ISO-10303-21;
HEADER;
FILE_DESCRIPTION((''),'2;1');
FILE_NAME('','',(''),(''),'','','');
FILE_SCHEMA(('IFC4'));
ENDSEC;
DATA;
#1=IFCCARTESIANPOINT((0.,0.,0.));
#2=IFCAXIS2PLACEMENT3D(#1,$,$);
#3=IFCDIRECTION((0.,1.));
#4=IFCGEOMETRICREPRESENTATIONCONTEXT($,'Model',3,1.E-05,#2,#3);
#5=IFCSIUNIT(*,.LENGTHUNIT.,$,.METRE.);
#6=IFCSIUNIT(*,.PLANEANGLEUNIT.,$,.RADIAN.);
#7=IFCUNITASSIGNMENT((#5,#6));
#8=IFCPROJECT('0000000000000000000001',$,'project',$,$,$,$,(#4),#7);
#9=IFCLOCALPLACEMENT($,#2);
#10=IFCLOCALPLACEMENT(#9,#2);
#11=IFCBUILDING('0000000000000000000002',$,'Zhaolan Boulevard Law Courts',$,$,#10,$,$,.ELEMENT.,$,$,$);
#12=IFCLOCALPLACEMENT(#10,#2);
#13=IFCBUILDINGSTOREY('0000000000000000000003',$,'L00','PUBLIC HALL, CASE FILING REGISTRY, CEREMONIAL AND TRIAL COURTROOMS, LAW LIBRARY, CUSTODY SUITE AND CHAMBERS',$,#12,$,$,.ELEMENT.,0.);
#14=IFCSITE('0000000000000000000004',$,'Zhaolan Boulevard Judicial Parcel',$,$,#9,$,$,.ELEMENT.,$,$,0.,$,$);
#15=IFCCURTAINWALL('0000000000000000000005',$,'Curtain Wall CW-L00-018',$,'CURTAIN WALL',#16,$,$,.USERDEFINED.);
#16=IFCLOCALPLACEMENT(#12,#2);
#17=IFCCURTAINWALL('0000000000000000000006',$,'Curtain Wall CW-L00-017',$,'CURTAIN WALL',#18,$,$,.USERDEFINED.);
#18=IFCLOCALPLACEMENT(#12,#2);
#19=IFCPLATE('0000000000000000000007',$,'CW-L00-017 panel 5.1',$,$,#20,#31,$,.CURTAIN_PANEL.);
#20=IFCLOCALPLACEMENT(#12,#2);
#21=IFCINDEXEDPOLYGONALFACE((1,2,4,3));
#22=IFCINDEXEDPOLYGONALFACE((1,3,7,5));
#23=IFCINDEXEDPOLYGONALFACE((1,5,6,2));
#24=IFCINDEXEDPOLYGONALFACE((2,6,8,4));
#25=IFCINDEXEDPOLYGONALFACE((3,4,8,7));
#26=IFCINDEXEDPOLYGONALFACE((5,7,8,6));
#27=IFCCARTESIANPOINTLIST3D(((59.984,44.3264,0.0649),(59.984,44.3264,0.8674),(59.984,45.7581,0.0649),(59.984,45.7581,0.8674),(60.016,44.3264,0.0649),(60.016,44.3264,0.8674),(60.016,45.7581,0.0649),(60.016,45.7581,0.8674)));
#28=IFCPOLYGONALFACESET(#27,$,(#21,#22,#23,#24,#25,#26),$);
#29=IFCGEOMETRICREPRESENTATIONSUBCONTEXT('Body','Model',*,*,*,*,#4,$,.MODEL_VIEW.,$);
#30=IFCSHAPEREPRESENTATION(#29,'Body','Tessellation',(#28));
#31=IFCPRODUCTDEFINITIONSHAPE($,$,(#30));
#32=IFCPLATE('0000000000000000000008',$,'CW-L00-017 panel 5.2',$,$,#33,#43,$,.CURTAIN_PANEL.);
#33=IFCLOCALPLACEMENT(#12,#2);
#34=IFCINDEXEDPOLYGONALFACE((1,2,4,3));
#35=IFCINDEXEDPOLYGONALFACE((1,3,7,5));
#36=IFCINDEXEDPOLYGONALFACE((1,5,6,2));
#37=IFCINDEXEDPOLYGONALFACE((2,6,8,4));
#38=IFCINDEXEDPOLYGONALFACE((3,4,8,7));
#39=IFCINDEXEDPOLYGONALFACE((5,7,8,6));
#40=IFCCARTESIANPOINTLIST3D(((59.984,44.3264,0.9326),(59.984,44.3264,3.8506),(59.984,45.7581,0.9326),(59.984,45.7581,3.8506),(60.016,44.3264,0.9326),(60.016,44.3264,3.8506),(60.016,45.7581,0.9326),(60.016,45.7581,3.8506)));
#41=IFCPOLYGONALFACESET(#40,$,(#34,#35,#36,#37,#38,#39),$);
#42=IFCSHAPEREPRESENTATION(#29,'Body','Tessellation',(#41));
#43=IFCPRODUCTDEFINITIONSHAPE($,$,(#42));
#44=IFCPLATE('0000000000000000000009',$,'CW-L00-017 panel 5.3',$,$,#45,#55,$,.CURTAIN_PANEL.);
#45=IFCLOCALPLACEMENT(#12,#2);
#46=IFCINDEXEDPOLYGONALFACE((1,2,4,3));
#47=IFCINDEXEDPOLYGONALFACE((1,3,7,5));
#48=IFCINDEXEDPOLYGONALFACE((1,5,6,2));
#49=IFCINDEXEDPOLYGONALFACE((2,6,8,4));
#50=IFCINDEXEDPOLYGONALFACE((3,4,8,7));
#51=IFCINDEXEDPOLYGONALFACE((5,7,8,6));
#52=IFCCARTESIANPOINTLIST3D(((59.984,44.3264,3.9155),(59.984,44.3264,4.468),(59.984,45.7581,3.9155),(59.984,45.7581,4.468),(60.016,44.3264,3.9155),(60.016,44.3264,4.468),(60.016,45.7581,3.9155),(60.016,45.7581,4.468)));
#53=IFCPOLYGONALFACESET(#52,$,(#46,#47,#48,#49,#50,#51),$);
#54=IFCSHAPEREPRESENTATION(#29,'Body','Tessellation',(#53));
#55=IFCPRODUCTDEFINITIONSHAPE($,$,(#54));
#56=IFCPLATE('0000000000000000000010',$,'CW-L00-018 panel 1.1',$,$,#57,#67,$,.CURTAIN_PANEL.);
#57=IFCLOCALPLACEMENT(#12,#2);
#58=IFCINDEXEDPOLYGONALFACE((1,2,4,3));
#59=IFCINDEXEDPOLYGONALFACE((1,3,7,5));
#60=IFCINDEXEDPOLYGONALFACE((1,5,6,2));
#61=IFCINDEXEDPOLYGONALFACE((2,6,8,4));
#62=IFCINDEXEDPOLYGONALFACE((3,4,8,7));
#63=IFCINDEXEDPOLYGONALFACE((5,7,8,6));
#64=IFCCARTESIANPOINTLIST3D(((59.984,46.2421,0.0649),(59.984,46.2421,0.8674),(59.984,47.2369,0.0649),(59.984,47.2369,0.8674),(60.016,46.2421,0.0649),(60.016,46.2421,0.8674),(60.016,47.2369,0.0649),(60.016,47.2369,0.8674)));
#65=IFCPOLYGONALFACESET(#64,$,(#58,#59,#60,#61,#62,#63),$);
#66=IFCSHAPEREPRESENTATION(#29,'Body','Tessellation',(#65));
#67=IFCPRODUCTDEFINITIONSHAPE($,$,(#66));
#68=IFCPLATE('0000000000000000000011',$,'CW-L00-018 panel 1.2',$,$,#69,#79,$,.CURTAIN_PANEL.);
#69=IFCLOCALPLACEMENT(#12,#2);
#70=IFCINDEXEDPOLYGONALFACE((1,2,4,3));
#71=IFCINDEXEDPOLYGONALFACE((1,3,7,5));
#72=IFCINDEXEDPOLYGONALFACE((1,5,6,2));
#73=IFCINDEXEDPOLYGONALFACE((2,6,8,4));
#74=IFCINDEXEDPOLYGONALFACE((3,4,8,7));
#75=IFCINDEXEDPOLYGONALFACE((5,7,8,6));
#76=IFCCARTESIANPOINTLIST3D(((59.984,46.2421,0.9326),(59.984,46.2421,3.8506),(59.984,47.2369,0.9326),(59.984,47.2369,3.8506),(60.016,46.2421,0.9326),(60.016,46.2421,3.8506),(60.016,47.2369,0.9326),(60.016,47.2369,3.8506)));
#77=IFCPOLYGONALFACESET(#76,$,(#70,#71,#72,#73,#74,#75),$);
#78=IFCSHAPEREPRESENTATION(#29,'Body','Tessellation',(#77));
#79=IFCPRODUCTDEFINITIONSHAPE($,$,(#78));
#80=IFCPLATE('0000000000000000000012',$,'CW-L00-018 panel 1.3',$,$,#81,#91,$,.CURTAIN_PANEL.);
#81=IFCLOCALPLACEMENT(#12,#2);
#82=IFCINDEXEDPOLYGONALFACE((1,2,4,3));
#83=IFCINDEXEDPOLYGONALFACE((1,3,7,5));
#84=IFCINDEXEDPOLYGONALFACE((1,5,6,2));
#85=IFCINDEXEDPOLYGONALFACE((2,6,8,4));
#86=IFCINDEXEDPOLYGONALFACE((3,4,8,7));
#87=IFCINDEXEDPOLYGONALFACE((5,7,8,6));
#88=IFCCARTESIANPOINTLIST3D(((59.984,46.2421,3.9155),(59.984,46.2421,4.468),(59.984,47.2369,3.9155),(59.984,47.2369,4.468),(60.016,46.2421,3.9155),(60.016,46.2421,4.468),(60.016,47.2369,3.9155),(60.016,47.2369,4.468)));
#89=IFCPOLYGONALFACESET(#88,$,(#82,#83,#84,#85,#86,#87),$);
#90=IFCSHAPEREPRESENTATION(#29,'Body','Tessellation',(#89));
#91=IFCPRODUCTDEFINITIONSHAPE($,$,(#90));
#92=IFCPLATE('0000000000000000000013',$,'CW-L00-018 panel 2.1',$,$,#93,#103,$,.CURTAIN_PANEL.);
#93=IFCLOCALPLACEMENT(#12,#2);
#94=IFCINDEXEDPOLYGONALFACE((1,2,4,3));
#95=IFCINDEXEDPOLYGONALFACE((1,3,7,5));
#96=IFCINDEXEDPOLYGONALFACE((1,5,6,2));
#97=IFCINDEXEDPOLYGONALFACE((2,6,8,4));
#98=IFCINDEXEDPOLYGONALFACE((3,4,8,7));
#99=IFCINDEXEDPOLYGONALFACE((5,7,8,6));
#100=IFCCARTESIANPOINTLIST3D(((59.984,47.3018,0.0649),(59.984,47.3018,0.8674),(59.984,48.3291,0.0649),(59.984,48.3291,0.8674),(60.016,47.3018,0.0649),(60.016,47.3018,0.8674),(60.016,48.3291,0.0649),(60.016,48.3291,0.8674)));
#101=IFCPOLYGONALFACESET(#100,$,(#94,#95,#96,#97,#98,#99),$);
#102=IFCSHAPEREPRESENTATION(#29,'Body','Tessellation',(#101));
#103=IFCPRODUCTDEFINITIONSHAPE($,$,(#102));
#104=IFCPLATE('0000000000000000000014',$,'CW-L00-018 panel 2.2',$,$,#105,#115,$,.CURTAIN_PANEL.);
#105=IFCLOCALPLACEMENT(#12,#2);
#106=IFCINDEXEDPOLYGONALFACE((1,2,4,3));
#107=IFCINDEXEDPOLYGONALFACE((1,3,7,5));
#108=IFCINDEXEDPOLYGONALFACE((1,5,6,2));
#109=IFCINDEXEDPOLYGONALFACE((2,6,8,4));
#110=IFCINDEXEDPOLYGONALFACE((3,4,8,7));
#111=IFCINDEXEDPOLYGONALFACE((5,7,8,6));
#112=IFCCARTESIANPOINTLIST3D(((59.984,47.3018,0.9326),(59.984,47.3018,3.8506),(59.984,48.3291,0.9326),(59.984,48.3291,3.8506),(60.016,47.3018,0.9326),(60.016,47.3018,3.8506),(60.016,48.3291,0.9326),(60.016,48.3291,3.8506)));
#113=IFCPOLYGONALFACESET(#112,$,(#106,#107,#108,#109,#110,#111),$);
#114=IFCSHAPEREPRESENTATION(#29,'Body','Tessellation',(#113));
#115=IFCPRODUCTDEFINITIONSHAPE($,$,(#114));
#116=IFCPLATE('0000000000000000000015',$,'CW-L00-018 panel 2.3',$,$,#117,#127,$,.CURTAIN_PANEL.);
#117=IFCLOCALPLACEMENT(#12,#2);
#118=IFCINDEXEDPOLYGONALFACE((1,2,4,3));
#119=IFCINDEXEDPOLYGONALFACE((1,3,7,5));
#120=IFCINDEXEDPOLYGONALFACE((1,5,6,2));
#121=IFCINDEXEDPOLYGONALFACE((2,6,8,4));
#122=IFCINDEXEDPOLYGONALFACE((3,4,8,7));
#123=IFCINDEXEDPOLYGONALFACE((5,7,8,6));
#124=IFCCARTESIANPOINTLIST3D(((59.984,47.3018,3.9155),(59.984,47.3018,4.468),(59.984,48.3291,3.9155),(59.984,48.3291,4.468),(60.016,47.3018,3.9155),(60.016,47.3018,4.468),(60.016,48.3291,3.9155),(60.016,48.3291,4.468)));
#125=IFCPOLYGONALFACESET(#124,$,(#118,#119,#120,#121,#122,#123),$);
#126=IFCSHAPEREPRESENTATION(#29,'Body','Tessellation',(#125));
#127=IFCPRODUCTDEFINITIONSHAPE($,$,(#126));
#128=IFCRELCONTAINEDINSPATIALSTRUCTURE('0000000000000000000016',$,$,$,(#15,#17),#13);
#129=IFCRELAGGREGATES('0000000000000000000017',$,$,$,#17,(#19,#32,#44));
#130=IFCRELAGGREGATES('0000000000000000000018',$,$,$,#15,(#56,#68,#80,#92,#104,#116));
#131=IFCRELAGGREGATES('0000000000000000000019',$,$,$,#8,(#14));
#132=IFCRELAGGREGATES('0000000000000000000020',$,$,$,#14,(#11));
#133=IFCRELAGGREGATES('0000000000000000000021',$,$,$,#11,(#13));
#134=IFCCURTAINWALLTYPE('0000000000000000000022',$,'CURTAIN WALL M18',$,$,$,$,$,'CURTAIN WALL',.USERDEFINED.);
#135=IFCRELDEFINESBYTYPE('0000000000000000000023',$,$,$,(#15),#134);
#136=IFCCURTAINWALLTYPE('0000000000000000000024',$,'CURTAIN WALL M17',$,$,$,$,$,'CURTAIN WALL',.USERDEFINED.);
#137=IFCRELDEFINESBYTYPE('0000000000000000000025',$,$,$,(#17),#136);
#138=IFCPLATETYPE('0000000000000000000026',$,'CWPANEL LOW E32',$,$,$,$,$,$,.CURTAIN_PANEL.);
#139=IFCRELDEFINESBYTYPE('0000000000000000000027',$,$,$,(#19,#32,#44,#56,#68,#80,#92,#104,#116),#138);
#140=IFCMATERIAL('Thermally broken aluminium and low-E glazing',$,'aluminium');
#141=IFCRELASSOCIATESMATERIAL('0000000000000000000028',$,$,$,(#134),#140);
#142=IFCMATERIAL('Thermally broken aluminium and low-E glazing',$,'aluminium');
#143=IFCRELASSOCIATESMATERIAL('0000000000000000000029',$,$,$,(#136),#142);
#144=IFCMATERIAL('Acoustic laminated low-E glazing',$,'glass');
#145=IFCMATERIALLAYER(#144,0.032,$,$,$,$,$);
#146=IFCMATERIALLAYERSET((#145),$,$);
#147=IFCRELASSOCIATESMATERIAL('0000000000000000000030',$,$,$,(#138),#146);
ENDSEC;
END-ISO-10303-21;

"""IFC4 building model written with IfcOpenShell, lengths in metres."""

from ifc_helpers import new_model, si_unit, direction, frame, origin, origin_2d, place, context, subcontext, project, spatial, rectangle, extrude, material, layer, layer_set, type_object, element, aggregate, save


model = new_model("IFC4")

# Units and contexts
model_context = context("Model", 3, precision=1e-05, world=origin(), true_north=direction((0.0, 1.0)))
body_context = subcontext(model_context, "Body", "Model", "MODEL_VIEW")
ifc_project = project(units=[si_unit("LENGTHUNIT", "METRE"), si_unit("PLANEANGLEUNIT", "RADIAN")], contexts=[model_context])

# Site, building, storey
site_placement = place(None, origin())
site = spatial("IfcSite", under=ifc_project, at=site_placement, Name="Zhaolan Boulevard Judicial Parcel", CompositionType="ELEMENT", RefElevation=0.0)
building_placement = place(site_placement, origin())
building = spatial("IfcBuilding", under=site, at=building_placement, Name="Zhaolan Boulevard Law Courts", CompositionType="ELEMENT")
storey_placement = place(building_placement, origin())
storey = spatial("IfcBuildingStorey", under=building, at=storey_placement, Name="L00", Description="PUBLIC HALL, CASE FILING REGISTRY, CEREMONIAL AND TRIAL COURTROOMS, LAW LIBRARY, CUSTODY SUITE AND CHAMBERS", CompositionType="ELEMENT", Elevation=0.0)

# Curtain walls
ifc_material_1 = material(Name="Thermally broken aluminium and low-E glazing", Category="aluminium")
curtain_wall_type_1 = type_object("IfcCurtainWallType", Name="CURTAIN WALL M18", ElementType="CURTAIN WALL", PredefinedType="USERDEFINED", material=ifc_material_1)
curtain_wall_1_placement = place(storey_placement, origin())
curtain_wall_1 = element("IfcCurtainWall", 1, at=curtain_wall_1_placement, inside=storey, type_object=curtain_wall_type_1, Name="Curtain Wall CW-L00-018", ObjectType="CURTAIN WALL", PredefinedType="USERDEFINED")
ifc_material_2 = material(Name="Thermally broken aluminium and low-E glazing", Category="aluminium")
curtain_wall_type_2 = type_object("IfcCurtainWallType", Name="CURTAIN WALL M17", ElementType="CURTAIN WALL", PredefinedType="USERDEFINED", material=ifc_material_2)
curtain_wall_2_placement = place(storey_placement, origin())
curtain_wall_2 = element("IfcCurtainWall", 2, at=curtain_wall_2_placement, inside=storey, type_object=curtain_wall_type_2, Name="Curtain Wall CW-L00-017", ObjectType="CURTAIN WALL", PredefinedType="USERDEFINED")

# Plates
ifc_material_3 = material(Name="Acoustic laminated low-E glazing", Category="glass")
ifc_layer = layer(ifc_material_3, 0.032)
ifc_layer_set = layer_set([ifc_layer])
plate_type = type_object("IfcPlateType", Name="CWPANEL LOW E32", PredefinedType="CURTAIN_PANEL", material=ifc_layer_set)
plate_1_placement = place(storey_placement, frame((60.0, 45.0422, 0.0649), z_axis=(0.0, 0.0, 1.0), x_axis=(0.0, 1.0, 0.0)))
plate_1 = element("IfcPlate", 3, at=plate_1_placement, type_object=plate_type, Name="CW-L00-017 panel 5.1", PredefinedType="CURTAIN_PANEL", context=body_context, shape_type="SweptSolid", body=[
    extrude(rectangle(XDim=1.4316, YDim=0.032, at=origin_2d()), origin(), (0.0, 0.0, 1.0), 0.8025),
])
plate_2_placement = place(storey_placement, frame((60.0, 45.0422, 0.9326), z_axis=(0.0, 0.0, 1.0), x_axis=(0.0, 1.0, 0.0)))
plate_2 = element("IfcPlate", 4, at=plate_2_placement, type_object=plate_type, Name="CW-L00-017 panel 5.2", PredefinedType="CURTAIN_PANEL", context=body_context, shape_type="SweptSolid", body=[
    extrude(rectangle(XDim=1.4316, YDim=0.032, at=origin_2d()), origin(), (0.0, 0.0, 1.0), 2.918),
])
plate_3_placement = place(storey_placement, frame((60.0, 45.0422, 3.9155), z_axis=(0.0, 0.0, 1.0), x_axis=(0.0, 1.0, 0.0)))
plate_3 = element("IfcPlate", 5, at=plate_3_placement, type_object=plate_type, Name="CW-L00-017 panel 5.3", PredefinedType="CURTAIN_PANEL", context=body_context, shape_type="SweptSolid", body=[
    extrude(rectangle(XDim=1.4316, YDim=0.032, at=origin_2d()), origin(), (0.0, 0.0, 1.0), 0.5525),
])
aggregate(curtain_wall_2, [plate_1, plate_2, plate_3])
plate_4_placement = place(storey_placement, frame((60.0, 46.7395, 0.0649), z_axis=(0.0, 0.0, 1.0), x_axis=(0.0, 1.0, 0.0)))
plate_4 = element("IfcPlate", 6, at=plate_4_placement, type_object=plate_type, Name="CW-L00-018 panel 1.1", PredefinedType="CURTAIN_PANEL", context=body_context, shape_type="SweptSolid", body=[
    extrude(rectangle(XDim=0.9949, YDim=0.032, at=origin_2d()), origin(), (0.0, 0.0, 1.0), 0.8025),
])
plate_5_placement = place(storey_placement, frame((60.0, 46.7395, 0.9326), z_axis=(0.0, 0.0, 1.0), x_axis=(0.0, 1.0, 0.0)))
plate_5 = element("IfcPlate", 7, at=plate_5_placement, type_object=plate_type, Name="CW-L00-018 panel 1.2", PredefinedType="CURTAIN_PANEL", context=body_context, shape_type="SweptSolid", body=[
    extrude(rectangle(XDim=0.9949, YDim=0.032, at=origin_2d()), origin(), (0.0, 0.0, 1.0), 2.918),
])
plate_6_placement = place(storey_placement, frame((60.0, 46.7395, 3.9155), z_axis=(0.0, 0.0, 1.0), x_axis=(0.0, 1.0, 0.0)))
plate_6 = element("IfcPlate", 8, at=plate_6_placement, type_object=plate_type, Name="CW-L00-018 panel 1.3", PredefinedType="CURTAIN_PANEL", context=body_context, shape_type="SweptSolid", body=[
    extrude(rectangle(XDim=0.9949, YDim=0.032, at=origin_2d()), origin(), (0.0, 0.0, 1.0), 0.5525),
])
plate_7_placement = place(storey_placement, frame((60.0, 47.8154, 0.0649), z_axis=(0.0, 0.0, 1.0), x_axis=(0.0, 1.0, 0.0)))
plate_7 = element("IfcPlate", 9, at=plate_7_placement, type_object=plate_type, Name="CW-L00-018 panel 2.1", PredefinedType="CURTAIN_PANEL", context=body_context, shape_type="SweptSolid", body=[
    extrude(rectangle(XDim=1.0273, YDim=0.032, at=origin_2d()), origin(), (0.0, 0.0, 1.0), 0.8025),
])
plate_8_placement = place(storey_placement, frame((60.0, 47.8154, 0.9326), z_axis=(0.0, 0.0, 1.0), x_axis=(0.0, 1.0, 0.0)))
plate_8 = element("IfcPlate", 10, at=plate_8_placement, type_object=plate_type, Name="CW-L00-018 panel 2.2", PredefinedType="CURTAIN_PANEL", context=body_context, shape_type="SweptSolid", body=[
    extrude(rectangle(XDim=1.0273, YDim=0.032, at=origin_2d()), origin(), (0.0, 0.0, 1.0), 2.918),
])
plate_9_placement = place(storey_placement, frame((60.0, 47.8154, 3.9155), z_axis=(0.0, 0.0, 1.0), x_axis=(0.0, 1.0, 0.0)))
plate_9 = element("IfcPlate", 11, at=plate_9_placement, type_object=plate_type, Name="CW-L00-018 panel 2.3", PredefinedType="CURTAIN_PANEL", context=body_context, shape_type="SweptSolid", body=[
    extrude(rectangle(XDim=1.0273, YDim=0.032, at=origin_2d()), origin(), (0.0, 0.0, 1.0), 0.5525),
])
aggregate(curtain_wall_1, [plate_4, plate_5, plate_6, plate_7, plate_8, plate_9])

save(model, "model.ifc")
